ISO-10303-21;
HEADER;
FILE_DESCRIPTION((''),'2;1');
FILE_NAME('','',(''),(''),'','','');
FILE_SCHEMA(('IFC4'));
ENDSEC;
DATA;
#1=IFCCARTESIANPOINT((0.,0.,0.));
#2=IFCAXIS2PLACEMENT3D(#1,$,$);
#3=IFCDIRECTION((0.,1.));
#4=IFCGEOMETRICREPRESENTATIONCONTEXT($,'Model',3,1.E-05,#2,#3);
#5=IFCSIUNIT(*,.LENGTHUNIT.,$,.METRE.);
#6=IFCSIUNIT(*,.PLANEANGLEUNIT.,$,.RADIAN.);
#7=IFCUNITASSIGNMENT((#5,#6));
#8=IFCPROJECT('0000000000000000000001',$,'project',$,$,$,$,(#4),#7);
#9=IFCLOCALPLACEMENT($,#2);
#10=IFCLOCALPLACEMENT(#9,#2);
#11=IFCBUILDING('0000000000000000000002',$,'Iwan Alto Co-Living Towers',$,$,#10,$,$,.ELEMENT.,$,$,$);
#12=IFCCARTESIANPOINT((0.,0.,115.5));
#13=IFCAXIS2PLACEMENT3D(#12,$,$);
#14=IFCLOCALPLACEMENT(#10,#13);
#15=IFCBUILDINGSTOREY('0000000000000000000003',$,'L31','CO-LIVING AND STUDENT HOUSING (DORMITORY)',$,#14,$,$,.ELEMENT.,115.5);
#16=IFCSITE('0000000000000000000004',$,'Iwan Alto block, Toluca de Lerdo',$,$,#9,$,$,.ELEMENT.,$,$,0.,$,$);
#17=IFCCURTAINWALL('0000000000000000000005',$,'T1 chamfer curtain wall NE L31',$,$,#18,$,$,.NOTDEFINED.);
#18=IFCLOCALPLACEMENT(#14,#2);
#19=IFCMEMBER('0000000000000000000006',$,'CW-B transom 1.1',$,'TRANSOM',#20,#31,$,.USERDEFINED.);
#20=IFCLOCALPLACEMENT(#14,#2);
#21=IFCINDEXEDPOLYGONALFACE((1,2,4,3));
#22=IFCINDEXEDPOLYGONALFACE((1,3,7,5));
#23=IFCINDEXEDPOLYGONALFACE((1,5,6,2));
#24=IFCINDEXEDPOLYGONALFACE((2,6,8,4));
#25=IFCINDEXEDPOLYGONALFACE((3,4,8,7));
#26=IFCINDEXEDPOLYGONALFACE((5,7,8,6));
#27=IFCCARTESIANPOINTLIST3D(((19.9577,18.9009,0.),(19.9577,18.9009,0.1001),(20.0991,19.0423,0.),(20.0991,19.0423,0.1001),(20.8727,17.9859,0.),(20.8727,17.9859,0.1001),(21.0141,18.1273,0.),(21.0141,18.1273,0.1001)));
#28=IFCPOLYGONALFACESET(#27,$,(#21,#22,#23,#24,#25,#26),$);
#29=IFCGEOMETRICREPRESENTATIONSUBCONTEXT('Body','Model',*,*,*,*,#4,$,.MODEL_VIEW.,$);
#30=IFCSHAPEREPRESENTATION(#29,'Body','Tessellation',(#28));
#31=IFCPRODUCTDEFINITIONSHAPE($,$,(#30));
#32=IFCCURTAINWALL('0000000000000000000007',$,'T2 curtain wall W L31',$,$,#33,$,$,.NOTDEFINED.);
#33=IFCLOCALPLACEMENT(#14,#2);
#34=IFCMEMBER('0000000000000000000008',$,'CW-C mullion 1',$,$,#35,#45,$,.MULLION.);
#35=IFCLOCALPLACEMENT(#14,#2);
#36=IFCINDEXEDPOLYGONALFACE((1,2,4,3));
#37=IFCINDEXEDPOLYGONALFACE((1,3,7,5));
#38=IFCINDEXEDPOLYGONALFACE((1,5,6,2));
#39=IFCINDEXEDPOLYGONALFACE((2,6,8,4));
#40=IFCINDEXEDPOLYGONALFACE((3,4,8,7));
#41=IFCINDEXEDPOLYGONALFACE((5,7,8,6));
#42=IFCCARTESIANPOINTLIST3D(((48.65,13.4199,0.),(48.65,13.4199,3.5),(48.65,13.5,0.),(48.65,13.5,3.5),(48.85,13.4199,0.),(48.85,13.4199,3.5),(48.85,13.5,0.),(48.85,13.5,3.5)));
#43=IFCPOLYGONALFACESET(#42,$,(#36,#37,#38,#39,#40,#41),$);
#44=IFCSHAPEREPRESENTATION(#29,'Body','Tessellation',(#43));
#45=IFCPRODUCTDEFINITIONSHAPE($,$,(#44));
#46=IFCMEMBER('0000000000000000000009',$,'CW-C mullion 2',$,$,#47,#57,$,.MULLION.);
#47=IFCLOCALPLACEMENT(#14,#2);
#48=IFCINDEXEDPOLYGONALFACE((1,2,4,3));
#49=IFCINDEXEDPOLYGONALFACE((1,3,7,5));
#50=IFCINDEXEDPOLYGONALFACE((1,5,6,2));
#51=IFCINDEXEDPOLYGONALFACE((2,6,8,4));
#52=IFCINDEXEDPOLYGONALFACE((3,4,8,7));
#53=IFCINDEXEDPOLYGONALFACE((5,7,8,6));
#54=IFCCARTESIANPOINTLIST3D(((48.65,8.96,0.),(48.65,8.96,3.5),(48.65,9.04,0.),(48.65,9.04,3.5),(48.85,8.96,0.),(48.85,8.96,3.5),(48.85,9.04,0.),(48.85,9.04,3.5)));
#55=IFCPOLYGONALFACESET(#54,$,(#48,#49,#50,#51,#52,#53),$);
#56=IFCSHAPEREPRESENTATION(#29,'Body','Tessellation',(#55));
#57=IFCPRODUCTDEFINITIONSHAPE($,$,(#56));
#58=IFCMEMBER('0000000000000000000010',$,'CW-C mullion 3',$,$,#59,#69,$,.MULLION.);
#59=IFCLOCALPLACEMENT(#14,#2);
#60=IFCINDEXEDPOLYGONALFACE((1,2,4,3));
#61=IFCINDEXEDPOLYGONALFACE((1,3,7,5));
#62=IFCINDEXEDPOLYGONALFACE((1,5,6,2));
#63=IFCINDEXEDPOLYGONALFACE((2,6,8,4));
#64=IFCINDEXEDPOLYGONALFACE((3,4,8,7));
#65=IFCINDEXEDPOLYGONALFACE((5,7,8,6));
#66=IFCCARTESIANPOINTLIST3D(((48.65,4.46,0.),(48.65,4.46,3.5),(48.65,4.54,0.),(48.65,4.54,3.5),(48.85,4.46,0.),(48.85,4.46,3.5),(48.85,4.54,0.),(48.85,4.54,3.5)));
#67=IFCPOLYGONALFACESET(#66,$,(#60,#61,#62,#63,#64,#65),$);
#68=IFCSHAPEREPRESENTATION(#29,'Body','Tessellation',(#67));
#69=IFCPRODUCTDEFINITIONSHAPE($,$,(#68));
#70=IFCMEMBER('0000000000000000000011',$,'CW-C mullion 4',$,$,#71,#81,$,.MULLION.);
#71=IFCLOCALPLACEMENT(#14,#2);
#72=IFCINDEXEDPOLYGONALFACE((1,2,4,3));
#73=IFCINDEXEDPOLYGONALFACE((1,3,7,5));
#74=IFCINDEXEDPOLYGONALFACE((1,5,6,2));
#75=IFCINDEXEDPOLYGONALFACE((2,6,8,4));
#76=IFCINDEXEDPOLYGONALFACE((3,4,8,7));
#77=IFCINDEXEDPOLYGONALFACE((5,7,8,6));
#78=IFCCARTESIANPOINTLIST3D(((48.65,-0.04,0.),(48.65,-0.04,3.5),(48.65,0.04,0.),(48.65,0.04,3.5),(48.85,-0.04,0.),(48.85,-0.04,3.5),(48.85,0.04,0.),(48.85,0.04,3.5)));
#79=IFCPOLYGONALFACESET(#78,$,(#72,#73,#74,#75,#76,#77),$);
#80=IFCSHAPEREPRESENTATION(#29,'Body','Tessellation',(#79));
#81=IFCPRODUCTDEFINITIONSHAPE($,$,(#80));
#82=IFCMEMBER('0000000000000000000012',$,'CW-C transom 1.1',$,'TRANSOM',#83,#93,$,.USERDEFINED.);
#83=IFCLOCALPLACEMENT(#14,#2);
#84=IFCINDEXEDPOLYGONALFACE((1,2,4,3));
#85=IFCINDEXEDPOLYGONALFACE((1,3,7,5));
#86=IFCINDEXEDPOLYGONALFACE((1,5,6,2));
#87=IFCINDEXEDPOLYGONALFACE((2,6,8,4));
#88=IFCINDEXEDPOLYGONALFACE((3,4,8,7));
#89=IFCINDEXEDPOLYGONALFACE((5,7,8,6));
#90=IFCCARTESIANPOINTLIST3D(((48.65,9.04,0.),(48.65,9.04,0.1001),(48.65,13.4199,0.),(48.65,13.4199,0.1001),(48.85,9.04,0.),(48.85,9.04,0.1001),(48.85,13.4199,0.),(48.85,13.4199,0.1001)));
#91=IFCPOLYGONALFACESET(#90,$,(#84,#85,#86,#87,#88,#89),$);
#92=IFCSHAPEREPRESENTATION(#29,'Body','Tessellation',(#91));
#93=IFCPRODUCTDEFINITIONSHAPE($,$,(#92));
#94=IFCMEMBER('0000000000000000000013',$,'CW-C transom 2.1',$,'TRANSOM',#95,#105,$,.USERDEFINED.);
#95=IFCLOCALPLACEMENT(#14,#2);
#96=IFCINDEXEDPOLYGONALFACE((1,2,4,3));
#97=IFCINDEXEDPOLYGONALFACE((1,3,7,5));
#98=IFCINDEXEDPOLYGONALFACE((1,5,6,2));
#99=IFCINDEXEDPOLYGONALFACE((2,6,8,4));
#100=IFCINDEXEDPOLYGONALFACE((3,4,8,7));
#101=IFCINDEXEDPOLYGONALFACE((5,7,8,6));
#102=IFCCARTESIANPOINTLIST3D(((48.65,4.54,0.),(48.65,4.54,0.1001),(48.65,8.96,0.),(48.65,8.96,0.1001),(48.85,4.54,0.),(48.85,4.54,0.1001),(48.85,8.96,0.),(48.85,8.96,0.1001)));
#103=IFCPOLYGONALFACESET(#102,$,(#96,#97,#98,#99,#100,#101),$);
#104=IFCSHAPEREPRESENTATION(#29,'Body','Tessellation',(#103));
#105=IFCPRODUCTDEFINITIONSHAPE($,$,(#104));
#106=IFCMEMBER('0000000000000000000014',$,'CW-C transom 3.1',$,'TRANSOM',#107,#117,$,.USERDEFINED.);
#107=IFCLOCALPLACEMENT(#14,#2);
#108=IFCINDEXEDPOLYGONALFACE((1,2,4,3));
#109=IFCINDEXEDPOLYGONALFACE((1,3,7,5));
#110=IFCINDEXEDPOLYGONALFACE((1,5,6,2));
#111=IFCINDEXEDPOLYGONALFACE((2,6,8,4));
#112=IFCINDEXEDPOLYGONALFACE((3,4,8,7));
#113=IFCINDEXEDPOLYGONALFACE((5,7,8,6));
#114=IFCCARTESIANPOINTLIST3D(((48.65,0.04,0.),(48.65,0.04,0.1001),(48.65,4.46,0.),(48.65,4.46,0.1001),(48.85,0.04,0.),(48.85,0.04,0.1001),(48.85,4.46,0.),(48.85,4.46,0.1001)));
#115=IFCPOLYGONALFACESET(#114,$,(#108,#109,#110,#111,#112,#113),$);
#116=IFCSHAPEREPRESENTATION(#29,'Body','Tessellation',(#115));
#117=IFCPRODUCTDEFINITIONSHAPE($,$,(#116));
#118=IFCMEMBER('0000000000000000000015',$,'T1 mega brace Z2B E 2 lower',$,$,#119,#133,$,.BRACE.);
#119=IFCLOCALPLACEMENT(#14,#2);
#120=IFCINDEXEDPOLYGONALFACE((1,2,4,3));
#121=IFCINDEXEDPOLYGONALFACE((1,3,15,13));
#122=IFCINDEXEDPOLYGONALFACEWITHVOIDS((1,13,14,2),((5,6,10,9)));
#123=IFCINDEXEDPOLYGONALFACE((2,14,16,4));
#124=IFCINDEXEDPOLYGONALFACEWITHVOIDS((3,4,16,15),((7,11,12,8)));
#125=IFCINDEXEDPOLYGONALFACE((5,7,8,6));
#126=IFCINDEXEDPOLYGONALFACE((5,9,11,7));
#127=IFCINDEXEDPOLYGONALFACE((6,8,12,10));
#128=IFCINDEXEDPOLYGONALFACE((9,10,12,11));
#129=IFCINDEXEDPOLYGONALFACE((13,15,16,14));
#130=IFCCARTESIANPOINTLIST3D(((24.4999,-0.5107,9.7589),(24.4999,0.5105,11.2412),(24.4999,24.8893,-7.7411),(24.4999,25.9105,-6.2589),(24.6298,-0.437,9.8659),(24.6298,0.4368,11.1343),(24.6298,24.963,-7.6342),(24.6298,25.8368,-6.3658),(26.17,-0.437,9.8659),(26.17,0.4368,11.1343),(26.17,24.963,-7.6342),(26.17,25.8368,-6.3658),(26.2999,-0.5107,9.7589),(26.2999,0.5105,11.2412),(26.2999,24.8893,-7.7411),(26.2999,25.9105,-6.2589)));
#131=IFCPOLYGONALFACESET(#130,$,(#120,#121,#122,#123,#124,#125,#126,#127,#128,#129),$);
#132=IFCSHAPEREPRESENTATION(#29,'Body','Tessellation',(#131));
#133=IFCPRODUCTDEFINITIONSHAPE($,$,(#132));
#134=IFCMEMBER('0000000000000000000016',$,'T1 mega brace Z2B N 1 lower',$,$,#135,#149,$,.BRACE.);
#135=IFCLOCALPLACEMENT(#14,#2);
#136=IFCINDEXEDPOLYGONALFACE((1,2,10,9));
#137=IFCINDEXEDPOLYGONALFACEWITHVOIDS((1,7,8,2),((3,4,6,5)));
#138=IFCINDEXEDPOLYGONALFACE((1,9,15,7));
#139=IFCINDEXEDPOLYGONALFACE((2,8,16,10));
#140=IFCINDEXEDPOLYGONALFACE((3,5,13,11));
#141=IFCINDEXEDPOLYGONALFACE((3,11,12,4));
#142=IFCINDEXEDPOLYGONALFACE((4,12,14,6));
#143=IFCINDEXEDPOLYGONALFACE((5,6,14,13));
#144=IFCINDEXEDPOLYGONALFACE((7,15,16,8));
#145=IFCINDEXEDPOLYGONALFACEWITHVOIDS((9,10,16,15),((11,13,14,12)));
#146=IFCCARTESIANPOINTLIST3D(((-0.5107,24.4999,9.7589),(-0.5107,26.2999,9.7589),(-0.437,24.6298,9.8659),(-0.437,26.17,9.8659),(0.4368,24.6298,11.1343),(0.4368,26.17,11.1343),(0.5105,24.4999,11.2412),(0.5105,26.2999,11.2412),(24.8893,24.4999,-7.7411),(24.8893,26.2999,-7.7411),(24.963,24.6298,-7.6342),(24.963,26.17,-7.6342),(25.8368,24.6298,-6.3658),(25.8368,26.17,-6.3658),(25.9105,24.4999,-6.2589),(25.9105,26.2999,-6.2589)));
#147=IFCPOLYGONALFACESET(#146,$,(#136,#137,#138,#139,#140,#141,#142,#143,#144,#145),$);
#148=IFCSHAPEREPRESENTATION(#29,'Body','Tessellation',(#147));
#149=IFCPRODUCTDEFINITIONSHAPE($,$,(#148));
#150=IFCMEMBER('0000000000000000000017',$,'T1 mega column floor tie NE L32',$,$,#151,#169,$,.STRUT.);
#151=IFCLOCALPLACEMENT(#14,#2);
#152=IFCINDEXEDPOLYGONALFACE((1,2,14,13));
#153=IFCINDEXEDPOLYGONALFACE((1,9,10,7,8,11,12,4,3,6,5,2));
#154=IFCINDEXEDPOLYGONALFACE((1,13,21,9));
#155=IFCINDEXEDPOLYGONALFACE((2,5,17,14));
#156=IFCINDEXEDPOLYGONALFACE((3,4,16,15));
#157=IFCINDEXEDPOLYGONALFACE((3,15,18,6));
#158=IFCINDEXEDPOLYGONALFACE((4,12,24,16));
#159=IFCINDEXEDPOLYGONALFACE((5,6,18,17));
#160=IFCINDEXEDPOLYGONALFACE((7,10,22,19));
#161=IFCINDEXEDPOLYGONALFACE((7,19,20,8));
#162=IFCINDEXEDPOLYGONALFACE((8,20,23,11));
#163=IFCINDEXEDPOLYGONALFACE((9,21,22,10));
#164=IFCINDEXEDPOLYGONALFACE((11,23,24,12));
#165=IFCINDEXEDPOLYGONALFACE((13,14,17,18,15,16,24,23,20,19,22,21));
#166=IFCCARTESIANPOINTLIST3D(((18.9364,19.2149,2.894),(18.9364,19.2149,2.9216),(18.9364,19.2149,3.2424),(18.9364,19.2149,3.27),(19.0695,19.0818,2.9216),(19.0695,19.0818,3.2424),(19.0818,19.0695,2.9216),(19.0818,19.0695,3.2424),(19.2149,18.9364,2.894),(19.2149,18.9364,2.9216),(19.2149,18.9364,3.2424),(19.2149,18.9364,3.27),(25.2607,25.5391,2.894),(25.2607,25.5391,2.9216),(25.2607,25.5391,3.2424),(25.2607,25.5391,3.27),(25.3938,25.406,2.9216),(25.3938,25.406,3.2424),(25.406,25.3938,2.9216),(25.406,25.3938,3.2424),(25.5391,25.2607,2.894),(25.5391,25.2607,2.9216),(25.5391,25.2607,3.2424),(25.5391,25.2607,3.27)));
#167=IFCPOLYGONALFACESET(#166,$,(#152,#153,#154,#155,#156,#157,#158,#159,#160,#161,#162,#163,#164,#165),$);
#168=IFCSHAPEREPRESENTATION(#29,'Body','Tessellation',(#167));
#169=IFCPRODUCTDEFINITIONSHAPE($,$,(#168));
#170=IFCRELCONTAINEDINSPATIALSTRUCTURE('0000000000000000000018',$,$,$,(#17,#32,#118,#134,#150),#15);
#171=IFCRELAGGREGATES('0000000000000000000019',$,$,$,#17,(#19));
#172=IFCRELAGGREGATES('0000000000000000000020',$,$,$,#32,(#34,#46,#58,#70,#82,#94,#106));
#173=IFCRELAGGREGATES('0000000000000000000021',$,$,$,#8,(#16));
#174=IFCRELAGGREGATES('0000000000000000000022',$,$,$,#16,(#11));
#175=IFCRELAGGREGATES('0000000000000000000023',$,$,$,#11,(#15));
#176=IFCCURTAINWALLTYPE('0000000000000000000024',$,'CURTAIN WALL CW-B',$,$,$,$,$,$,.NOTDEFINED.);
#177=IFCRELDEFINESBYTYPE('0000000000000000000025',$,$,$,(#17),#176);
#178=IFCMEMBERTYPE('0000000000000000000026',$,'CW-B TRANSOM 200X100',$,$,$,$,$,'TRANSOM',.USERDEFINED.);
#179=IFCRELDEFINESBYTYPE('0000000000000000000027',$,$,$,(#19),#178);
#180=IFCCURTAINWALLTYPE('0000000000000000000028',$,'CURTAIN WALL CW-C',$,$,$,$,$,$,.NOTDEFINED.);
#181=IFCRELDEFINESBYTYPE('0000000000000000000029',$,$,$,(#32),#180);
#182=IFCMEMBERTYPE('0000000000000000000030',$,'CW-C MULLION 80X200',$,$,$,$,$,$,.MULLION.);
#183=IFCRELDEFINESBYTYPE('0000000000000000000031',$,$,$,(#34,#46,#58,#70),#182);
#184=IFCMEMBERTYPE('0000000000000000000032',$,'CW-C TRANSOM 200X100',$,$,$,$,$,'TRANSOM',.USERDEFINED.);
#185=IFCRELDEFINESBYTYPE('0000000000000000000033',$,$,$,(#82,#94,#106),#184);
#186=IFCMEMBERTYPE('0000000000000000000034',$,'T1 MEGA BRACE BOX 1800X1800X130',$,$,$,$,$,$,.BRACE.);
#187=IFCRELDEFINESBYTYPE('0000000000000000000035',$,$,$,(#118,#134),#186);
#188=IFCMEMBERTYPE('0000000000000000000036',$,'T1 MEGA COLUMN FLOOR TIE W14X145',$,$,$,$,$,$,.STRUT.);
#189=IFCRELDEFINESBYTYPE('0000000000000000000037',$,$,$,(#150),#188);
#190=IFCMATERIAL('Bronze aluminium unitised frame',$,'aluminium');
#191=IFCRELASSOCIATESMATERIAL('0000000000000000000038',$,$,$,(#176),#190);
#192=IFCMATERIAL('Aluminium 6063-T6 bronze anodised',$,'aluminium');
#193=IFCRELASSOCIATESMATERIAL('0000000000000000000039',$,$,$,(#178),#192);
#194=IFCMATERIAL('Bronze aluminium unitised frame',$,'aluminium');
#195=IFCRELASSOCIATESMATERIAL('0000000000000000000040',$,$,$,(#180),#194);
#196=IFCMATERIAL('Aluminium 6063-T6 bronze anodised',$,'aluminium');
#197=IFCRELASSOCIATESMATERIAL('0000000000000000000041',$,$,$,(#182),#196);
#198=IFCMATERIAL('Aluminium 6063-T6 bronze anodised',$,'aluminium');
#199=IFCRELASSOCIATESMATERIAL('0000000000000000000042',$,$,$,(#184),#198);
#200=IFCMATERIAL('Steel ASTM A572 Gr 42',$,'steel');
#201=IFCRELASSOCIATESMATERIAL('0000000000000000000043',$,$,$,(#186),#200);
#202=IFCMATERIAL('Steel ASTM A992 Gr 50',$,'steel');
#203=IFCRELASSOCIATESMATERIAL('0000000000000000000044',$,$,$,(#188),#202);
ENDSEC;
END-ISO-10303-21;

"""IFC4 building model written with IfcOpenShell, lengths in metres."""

from ifc_helpers import new_model, si_unit, direction, frame, origin, origin_2d, place, context, subcontext, project, spatial, rectangle, hollow_rectangle, i_section, extrude, material, material_profile, profile_set, type_object, element, aggregate, save


model = new_model("IFC4")

# Units and contexts
model_context = context("Model", 3, precision=1e-05, world=origin(), true_north=direction((0.0, 1.0)))
body_context = subcontext(model_context, "Body", "Model", "MODEL_VIEW")
ifc_project = project(units=[si_unit("LENGTHUNIT", "METRE"), si_unit("PLANEANGLEUNIT", "RADIAN")], contexts=[model_context])

# Site, building, storey
site_placement = place(None, origin())
site = spatial("IfcSite", under=ifc_project, at=site_placement, Name="Iwan Alto block, Toluca de Lerdo", CompositionType="ELEMENT", RefElevation=0.0)
building_placement = place(site_placement, origin())
building = spatial("IfcBuilding", under=site, at=building_placement, Name="Iwan Alto Co-Living Towers", CompositionType="ELEMENT")
storey_placement = place(building_placement, frame((0.0, 0.0, 115.5)))
storey = spatial("IfcBuildingStorey", under=building, at=storey_placement, Name="L31", Description="CO-LIVING AND STUDENT HOUSING (DORMITORY)", CompositionType="ELEMENT", Elevation=115.5)

# Curtain walls, members
ifc_material_1 = material(Name="Bronze aluminium unitised frame", Category="aluminium")
curtain_wall_type_1 = type_object("IfcCurtainWallType", Name="CURTAIN WALL CW-B", PredefinedType="NOTDEFINED", material=ifc_material_1)
curtain_wall_1_placement = place(storey_placement, origin())
curtain_wall_1 = element("IfcCurtainWall", 1, at=curtain_wall_1_placement, inside=storey, type_object=curtain_wall_type_1, Name="T1 chamfer curtain wall NE L31", PredefinedType="NOTDEFINED")
ifc_material_2 = material(Name="Aluminium 6063-T6 bronze anodised", Category="aluminium")
ifc_material_profile_1 = material_profile(ifc_material_2, rectangle(XDim=0.2, YDim=0.1001, at=origin_2d()), Name="AL 200X100")
ifc_profile_set_1 = profile_set([ifc_material_profile_1], Name="Aluminium 6063-T6 bronze anodised")
member_type_1 = type_object("IfcMemberType", Name="CW-B TRANSOM 200X100", ElementType="TRANSOM", PredefinedType="USERDEFINED", material=ifc_profile_set_1)
member_1_placement = place(storey_placement, frame((20.9434, 18.0566, 0.05), z_axis=(-0.707107, 0.707107, 0.0), x_axis=(-0.707107, -0.707107, 0.0)))
member_1 = element("IfcMember", 2, at=member_1_placement, type_object=member_type_1, Name="CW-B transom 1.1", ObjectType="TRANSOM", PredefinedType="USERDEFINED", context=body_context, shape_type="SweptSolid", body=[
    extrude(rectangle(XDim=0.2, YDim=0.1001, at=origin_2d()), origin(), (0.0, 0.0, 1.0), 1.2939),
])
ifc_material_3 = material(Name="Bronze aluminium unitised frame", Category="aluminium")
curtain_wall_type_2 = type_object("IfcCurtainWallType", Name="CURTAIN WALL CW-C", PredefinedType="NOTDEFINED", material=ifc_material_3)
curtain_wall_2_placement = place(storey_placement, origin())
curtain_wall_2 = element("IfcCurtainWall", 3, at=curtain_wall_2_placement, inside=storey, type_object=curtain_wall_type_2, Name="T2 curtain wall W L31", PredefinedType="NOTDEFINED")
ifc_material_4 = material(Name="Aluminium 6063-T6 bronze anodised", Category="aluminium")
ifc_material_profile_2 = material_profile(ifc_material_4, rectangle(XDim=0.2, YDim=0.0801, at=origin_2d()), Name="AL 80X200")
ifc_profile_set_2 = profile_set([ifc_material_profile_2], Name="Aluminium 6063-T6 bronze anodised")
member_type_2 = type_object("IfcMemberType", Name="CW-C MULLION 80X200", PredefinedType="MULLION", material=ifc_profile_set_2)
member_2_placement = place(storey_placement, frame((48.75, 13.46, 0.0), z_axis=(0.0, 0.0, 1.0), x_axis=(1.0, 0.0, 0.0)))
member_2 = element("IfcMember", 4, at=member_2_placement, type_object=member_type_2, Name="CW-C mullion 1", PredefinedType="MULLION", context=body_context, shape_type="SweptSolid", body=[
    extrude(rectangle(XDim=0.2, YDim=0.0801, at=origin_2d()), origin(), (0.0, 0.0, 1.0), 3.5),
])
member_3_placement = place(storey_placement, frame((48.75, 9.0, 0.0), z_axis=(0.0, 0.0, 1.0), x_axis=(1.0, 0.0, 0.0)))
member_3 = element("IfcMember", 5, at=member_3_placement, type_object=member_type_2, Name="CW-C mullion 2", PredefinedType="MULLION", context=body_context, shape_type="SweptSolid", body=[
    extrude(rectangle(XDim=0.2, YDim=0.0801, at=origin_2d()), origin(), (0.0, 0.0, 1.0), 3.5),
])
member_4_placement = place(storey_placement, frame((48.75, 4.5, 0.0), z_axis=(0.0, 0.0, 1.0), x_axis=(1.0, 0.0, 0.0)))
member_4 = element("IfcMember", 6, at=member_4_placement, type_object=member_type_2, Name="CW-C mullion 3", PredefinedType="MULLION", context=body_context, shape_type="SweptSolid", body=[
    extrude(rectangle(XDim=0.2, YDim=0.0801, at=origin_2d()), origin(), (0.0, 0.0, 1.0), 3.5),
])
member_5_placement = place(storey_placement, frame((48.75, 0.0, 0.0), z_axis=(0.0, 0.0, 1.0), x_axis=(1.0, 0.0, 0.0)))
member_5 = element("IfcMember", 7, at=member_5_placement, type_object=member_type_2, Name="CW-C mullion 4", PredefinedType="MULLION", context=body_context, shape_type="SweptSolid", body=[
    extrude(rectangle(XDim=0.2, YDim=0.0801, at=origin_2d()), origin(), (0.0, 0.0, 1.0), 3.5),
])
ifc_material_5 = material(Name="Aluminium 6063-T6 bronze anodised", Category="aluminium")
ifc_material_profile_3 = material_profile(ifc_material_5, rectangle(XDim=0.2, YDim=0.1001, at=origin_2d()), Name="AL 200X100")
ifc_profile_set_3 = profile_set([ifc_material_profile_3], Name="Aluminium 6063-T6 bronze anodised")
member_type_3 = type_object("IfcMemberType", Name="CW-C TRANSOM 200X100", ElementType="TRANSOM", PredefinedType="USERDEFINED", material=ifc_profile_set_3)
member_6_placement = place(storey_placement, frame((48.75, 13.4199, 0.05), z_axis=(0.0, -1.0, 0.0), x_axis=(1.0, 0.0, 0.0)))
member_6 = element("IfcMember", 8, at=member_6_placement, type_object=member_type_3, Name="CW-C transom 1.1", ObjectType="TRANSOM", PredefinedType="USERDEFINED", context=body_context, shape_type="SweptSolid", body=[
    extrude(rectangle(XDim=0.2, YDim=0.1001, at=origin_2d()), origin(), (0.0, 0.0, 1.0), 4.3799),
])
member_7_placement = place(storey_placement, frame((48.75, 8.96, 0.05), z_axis=(0.0, -1.0, 0.0), x_axis=(1.0, 0.0, 0.0)))
member_7 = element("IfcMember", 9, at=member_7_placement, type_object=member_type_3, Name="CW-C transom 2.1", ObjectType="TRANSOM", PredefinedType="USERDEFINED", context=body_context, shape_type="SweptSolid", body=[
    extrude(rectangle(XDim=0.2, YDim=0.1001, at=origin_2d()), origin(), (0.0, 0.0, 1.0), 4.4199),
])
member_8_placement = place(storey_placement, frame((48.75, 4.46, 0.05), z_axis=(0.0, -1.0, 0.0), x_axis=(1.0, 0.0, 0.0)))
member_8 = element("IfcMember", 10, at=member_8_placement, type_object=member_type_3, Name="CW-C transom 3.1", ObjectType="TRANSOM", PredefinedType="USERDEFINED", context=body_context, shape_type="SweptSolid", body=[
    extrude(rectangle(XDim=0.2, YDim=0.1001, at=origin_2d()), origin(), (0.0, 0.0, 1.0), 4.4199),
])

# Members
ifc_material_6 = material(Name="Steel ASTM A572 Gr 42", Category="steel")
ifc_material_profile_4 = material_profile(ifc_material_6, hollow_rectangle(XDim=1.8, YDim=1.8, WallThickness=0.1299, at=origin_2d()), Name="BOX 1800X1800X130")
ifc_profile_set_4 = profile_set([ifc_material_profile_4], Name="Steel ASTM A572 Gr 42")
member_type_4 = type_object("IfcMemberType", Name="T1 MEGA BRACE BOX 1800X1800X130", PredefinedType="BRACE", material=ifc_profile_set_4)
for number, where, z_axis, x_axis, name in (
    (11, (25.3999, 25.3999, -7.0), (0.0, -0.823473, 0.567356), (1.0, 0.0, 0.0), "T1 mega brace Z2B E 2 lower"),
    (12, (25.3999, 25.3999, -7.0), (-0.823473, 0.0, 0.567356), (0.0, -1.0, 0.0), "T1 mega brace Z2B N 1 lower"),
):
    element("IfcMember", number, at=place(storey_placement, frame(where, z_axis=z_axis, x_axis=x_axis)), inside=storey, type_object=member_type_4, Name=name, PredefinedType="BRACE", context=body_context, shape_type="SweptSolid", body=[
        extrude(hollow_rectangle(XDim=1.8, YDim=1.8, WallThickness=0.1299, at=origin_2d()), origin(), (0.0, 0.0, 1.0), 30.845),
    ])
ifc_material_7 = material(Name="Steel ASTM A992 Gr 50", Category="steel")
ifc_material_profile_5 = material_profile(ifc_material_7, i_section(OverallWidth=0.3938, OverallDepth=0.376, WebThickness=0.0173, FlangeThickness=0.0276, at=origin_2d()), Name="W14X145")
ifc_profile_set_5 = profile_set([ifc_material_profile_5], Name="Steel ASTM A992 Gr 50")
member_type_5 = type_object("IfcMemberType", Name="T1 MEGA COLUMN FLOOR TIE W14X145", PredefinedType="STRUT", material=ifc_profile_set_5)
member_9_placement = place(storey_placement, frame((25.3999, 25.3999, 3.082), z_axis=(-0.707107, -0.707107, 0.0), x_axis=(0.707107, -0.707107, 0.0)))
element("IfcMember", 13, at=member_9_placement, inside=storey, type_object=member_type_5, Name="T1 mega column floor tie NE L32", PredefinedType="STRUT", context=body_context, shape_type="SweptSolid", body=[
    extrude(i_section(OverallWidth=0.3938, OverallDepth=0.376, WebThickness=0.0173, FlangeThickness=0.0276, at=origin_2d()), origin(), (0.0, 0.0, 1.0), 8.9438),
])

aggregate(curtain_wall_1, [member_1])
aggregate(curtain_wall_2, [member_2, member_3, member_4, member_5, member_6, member_7, member_8])

save(model, "model.ifc")
